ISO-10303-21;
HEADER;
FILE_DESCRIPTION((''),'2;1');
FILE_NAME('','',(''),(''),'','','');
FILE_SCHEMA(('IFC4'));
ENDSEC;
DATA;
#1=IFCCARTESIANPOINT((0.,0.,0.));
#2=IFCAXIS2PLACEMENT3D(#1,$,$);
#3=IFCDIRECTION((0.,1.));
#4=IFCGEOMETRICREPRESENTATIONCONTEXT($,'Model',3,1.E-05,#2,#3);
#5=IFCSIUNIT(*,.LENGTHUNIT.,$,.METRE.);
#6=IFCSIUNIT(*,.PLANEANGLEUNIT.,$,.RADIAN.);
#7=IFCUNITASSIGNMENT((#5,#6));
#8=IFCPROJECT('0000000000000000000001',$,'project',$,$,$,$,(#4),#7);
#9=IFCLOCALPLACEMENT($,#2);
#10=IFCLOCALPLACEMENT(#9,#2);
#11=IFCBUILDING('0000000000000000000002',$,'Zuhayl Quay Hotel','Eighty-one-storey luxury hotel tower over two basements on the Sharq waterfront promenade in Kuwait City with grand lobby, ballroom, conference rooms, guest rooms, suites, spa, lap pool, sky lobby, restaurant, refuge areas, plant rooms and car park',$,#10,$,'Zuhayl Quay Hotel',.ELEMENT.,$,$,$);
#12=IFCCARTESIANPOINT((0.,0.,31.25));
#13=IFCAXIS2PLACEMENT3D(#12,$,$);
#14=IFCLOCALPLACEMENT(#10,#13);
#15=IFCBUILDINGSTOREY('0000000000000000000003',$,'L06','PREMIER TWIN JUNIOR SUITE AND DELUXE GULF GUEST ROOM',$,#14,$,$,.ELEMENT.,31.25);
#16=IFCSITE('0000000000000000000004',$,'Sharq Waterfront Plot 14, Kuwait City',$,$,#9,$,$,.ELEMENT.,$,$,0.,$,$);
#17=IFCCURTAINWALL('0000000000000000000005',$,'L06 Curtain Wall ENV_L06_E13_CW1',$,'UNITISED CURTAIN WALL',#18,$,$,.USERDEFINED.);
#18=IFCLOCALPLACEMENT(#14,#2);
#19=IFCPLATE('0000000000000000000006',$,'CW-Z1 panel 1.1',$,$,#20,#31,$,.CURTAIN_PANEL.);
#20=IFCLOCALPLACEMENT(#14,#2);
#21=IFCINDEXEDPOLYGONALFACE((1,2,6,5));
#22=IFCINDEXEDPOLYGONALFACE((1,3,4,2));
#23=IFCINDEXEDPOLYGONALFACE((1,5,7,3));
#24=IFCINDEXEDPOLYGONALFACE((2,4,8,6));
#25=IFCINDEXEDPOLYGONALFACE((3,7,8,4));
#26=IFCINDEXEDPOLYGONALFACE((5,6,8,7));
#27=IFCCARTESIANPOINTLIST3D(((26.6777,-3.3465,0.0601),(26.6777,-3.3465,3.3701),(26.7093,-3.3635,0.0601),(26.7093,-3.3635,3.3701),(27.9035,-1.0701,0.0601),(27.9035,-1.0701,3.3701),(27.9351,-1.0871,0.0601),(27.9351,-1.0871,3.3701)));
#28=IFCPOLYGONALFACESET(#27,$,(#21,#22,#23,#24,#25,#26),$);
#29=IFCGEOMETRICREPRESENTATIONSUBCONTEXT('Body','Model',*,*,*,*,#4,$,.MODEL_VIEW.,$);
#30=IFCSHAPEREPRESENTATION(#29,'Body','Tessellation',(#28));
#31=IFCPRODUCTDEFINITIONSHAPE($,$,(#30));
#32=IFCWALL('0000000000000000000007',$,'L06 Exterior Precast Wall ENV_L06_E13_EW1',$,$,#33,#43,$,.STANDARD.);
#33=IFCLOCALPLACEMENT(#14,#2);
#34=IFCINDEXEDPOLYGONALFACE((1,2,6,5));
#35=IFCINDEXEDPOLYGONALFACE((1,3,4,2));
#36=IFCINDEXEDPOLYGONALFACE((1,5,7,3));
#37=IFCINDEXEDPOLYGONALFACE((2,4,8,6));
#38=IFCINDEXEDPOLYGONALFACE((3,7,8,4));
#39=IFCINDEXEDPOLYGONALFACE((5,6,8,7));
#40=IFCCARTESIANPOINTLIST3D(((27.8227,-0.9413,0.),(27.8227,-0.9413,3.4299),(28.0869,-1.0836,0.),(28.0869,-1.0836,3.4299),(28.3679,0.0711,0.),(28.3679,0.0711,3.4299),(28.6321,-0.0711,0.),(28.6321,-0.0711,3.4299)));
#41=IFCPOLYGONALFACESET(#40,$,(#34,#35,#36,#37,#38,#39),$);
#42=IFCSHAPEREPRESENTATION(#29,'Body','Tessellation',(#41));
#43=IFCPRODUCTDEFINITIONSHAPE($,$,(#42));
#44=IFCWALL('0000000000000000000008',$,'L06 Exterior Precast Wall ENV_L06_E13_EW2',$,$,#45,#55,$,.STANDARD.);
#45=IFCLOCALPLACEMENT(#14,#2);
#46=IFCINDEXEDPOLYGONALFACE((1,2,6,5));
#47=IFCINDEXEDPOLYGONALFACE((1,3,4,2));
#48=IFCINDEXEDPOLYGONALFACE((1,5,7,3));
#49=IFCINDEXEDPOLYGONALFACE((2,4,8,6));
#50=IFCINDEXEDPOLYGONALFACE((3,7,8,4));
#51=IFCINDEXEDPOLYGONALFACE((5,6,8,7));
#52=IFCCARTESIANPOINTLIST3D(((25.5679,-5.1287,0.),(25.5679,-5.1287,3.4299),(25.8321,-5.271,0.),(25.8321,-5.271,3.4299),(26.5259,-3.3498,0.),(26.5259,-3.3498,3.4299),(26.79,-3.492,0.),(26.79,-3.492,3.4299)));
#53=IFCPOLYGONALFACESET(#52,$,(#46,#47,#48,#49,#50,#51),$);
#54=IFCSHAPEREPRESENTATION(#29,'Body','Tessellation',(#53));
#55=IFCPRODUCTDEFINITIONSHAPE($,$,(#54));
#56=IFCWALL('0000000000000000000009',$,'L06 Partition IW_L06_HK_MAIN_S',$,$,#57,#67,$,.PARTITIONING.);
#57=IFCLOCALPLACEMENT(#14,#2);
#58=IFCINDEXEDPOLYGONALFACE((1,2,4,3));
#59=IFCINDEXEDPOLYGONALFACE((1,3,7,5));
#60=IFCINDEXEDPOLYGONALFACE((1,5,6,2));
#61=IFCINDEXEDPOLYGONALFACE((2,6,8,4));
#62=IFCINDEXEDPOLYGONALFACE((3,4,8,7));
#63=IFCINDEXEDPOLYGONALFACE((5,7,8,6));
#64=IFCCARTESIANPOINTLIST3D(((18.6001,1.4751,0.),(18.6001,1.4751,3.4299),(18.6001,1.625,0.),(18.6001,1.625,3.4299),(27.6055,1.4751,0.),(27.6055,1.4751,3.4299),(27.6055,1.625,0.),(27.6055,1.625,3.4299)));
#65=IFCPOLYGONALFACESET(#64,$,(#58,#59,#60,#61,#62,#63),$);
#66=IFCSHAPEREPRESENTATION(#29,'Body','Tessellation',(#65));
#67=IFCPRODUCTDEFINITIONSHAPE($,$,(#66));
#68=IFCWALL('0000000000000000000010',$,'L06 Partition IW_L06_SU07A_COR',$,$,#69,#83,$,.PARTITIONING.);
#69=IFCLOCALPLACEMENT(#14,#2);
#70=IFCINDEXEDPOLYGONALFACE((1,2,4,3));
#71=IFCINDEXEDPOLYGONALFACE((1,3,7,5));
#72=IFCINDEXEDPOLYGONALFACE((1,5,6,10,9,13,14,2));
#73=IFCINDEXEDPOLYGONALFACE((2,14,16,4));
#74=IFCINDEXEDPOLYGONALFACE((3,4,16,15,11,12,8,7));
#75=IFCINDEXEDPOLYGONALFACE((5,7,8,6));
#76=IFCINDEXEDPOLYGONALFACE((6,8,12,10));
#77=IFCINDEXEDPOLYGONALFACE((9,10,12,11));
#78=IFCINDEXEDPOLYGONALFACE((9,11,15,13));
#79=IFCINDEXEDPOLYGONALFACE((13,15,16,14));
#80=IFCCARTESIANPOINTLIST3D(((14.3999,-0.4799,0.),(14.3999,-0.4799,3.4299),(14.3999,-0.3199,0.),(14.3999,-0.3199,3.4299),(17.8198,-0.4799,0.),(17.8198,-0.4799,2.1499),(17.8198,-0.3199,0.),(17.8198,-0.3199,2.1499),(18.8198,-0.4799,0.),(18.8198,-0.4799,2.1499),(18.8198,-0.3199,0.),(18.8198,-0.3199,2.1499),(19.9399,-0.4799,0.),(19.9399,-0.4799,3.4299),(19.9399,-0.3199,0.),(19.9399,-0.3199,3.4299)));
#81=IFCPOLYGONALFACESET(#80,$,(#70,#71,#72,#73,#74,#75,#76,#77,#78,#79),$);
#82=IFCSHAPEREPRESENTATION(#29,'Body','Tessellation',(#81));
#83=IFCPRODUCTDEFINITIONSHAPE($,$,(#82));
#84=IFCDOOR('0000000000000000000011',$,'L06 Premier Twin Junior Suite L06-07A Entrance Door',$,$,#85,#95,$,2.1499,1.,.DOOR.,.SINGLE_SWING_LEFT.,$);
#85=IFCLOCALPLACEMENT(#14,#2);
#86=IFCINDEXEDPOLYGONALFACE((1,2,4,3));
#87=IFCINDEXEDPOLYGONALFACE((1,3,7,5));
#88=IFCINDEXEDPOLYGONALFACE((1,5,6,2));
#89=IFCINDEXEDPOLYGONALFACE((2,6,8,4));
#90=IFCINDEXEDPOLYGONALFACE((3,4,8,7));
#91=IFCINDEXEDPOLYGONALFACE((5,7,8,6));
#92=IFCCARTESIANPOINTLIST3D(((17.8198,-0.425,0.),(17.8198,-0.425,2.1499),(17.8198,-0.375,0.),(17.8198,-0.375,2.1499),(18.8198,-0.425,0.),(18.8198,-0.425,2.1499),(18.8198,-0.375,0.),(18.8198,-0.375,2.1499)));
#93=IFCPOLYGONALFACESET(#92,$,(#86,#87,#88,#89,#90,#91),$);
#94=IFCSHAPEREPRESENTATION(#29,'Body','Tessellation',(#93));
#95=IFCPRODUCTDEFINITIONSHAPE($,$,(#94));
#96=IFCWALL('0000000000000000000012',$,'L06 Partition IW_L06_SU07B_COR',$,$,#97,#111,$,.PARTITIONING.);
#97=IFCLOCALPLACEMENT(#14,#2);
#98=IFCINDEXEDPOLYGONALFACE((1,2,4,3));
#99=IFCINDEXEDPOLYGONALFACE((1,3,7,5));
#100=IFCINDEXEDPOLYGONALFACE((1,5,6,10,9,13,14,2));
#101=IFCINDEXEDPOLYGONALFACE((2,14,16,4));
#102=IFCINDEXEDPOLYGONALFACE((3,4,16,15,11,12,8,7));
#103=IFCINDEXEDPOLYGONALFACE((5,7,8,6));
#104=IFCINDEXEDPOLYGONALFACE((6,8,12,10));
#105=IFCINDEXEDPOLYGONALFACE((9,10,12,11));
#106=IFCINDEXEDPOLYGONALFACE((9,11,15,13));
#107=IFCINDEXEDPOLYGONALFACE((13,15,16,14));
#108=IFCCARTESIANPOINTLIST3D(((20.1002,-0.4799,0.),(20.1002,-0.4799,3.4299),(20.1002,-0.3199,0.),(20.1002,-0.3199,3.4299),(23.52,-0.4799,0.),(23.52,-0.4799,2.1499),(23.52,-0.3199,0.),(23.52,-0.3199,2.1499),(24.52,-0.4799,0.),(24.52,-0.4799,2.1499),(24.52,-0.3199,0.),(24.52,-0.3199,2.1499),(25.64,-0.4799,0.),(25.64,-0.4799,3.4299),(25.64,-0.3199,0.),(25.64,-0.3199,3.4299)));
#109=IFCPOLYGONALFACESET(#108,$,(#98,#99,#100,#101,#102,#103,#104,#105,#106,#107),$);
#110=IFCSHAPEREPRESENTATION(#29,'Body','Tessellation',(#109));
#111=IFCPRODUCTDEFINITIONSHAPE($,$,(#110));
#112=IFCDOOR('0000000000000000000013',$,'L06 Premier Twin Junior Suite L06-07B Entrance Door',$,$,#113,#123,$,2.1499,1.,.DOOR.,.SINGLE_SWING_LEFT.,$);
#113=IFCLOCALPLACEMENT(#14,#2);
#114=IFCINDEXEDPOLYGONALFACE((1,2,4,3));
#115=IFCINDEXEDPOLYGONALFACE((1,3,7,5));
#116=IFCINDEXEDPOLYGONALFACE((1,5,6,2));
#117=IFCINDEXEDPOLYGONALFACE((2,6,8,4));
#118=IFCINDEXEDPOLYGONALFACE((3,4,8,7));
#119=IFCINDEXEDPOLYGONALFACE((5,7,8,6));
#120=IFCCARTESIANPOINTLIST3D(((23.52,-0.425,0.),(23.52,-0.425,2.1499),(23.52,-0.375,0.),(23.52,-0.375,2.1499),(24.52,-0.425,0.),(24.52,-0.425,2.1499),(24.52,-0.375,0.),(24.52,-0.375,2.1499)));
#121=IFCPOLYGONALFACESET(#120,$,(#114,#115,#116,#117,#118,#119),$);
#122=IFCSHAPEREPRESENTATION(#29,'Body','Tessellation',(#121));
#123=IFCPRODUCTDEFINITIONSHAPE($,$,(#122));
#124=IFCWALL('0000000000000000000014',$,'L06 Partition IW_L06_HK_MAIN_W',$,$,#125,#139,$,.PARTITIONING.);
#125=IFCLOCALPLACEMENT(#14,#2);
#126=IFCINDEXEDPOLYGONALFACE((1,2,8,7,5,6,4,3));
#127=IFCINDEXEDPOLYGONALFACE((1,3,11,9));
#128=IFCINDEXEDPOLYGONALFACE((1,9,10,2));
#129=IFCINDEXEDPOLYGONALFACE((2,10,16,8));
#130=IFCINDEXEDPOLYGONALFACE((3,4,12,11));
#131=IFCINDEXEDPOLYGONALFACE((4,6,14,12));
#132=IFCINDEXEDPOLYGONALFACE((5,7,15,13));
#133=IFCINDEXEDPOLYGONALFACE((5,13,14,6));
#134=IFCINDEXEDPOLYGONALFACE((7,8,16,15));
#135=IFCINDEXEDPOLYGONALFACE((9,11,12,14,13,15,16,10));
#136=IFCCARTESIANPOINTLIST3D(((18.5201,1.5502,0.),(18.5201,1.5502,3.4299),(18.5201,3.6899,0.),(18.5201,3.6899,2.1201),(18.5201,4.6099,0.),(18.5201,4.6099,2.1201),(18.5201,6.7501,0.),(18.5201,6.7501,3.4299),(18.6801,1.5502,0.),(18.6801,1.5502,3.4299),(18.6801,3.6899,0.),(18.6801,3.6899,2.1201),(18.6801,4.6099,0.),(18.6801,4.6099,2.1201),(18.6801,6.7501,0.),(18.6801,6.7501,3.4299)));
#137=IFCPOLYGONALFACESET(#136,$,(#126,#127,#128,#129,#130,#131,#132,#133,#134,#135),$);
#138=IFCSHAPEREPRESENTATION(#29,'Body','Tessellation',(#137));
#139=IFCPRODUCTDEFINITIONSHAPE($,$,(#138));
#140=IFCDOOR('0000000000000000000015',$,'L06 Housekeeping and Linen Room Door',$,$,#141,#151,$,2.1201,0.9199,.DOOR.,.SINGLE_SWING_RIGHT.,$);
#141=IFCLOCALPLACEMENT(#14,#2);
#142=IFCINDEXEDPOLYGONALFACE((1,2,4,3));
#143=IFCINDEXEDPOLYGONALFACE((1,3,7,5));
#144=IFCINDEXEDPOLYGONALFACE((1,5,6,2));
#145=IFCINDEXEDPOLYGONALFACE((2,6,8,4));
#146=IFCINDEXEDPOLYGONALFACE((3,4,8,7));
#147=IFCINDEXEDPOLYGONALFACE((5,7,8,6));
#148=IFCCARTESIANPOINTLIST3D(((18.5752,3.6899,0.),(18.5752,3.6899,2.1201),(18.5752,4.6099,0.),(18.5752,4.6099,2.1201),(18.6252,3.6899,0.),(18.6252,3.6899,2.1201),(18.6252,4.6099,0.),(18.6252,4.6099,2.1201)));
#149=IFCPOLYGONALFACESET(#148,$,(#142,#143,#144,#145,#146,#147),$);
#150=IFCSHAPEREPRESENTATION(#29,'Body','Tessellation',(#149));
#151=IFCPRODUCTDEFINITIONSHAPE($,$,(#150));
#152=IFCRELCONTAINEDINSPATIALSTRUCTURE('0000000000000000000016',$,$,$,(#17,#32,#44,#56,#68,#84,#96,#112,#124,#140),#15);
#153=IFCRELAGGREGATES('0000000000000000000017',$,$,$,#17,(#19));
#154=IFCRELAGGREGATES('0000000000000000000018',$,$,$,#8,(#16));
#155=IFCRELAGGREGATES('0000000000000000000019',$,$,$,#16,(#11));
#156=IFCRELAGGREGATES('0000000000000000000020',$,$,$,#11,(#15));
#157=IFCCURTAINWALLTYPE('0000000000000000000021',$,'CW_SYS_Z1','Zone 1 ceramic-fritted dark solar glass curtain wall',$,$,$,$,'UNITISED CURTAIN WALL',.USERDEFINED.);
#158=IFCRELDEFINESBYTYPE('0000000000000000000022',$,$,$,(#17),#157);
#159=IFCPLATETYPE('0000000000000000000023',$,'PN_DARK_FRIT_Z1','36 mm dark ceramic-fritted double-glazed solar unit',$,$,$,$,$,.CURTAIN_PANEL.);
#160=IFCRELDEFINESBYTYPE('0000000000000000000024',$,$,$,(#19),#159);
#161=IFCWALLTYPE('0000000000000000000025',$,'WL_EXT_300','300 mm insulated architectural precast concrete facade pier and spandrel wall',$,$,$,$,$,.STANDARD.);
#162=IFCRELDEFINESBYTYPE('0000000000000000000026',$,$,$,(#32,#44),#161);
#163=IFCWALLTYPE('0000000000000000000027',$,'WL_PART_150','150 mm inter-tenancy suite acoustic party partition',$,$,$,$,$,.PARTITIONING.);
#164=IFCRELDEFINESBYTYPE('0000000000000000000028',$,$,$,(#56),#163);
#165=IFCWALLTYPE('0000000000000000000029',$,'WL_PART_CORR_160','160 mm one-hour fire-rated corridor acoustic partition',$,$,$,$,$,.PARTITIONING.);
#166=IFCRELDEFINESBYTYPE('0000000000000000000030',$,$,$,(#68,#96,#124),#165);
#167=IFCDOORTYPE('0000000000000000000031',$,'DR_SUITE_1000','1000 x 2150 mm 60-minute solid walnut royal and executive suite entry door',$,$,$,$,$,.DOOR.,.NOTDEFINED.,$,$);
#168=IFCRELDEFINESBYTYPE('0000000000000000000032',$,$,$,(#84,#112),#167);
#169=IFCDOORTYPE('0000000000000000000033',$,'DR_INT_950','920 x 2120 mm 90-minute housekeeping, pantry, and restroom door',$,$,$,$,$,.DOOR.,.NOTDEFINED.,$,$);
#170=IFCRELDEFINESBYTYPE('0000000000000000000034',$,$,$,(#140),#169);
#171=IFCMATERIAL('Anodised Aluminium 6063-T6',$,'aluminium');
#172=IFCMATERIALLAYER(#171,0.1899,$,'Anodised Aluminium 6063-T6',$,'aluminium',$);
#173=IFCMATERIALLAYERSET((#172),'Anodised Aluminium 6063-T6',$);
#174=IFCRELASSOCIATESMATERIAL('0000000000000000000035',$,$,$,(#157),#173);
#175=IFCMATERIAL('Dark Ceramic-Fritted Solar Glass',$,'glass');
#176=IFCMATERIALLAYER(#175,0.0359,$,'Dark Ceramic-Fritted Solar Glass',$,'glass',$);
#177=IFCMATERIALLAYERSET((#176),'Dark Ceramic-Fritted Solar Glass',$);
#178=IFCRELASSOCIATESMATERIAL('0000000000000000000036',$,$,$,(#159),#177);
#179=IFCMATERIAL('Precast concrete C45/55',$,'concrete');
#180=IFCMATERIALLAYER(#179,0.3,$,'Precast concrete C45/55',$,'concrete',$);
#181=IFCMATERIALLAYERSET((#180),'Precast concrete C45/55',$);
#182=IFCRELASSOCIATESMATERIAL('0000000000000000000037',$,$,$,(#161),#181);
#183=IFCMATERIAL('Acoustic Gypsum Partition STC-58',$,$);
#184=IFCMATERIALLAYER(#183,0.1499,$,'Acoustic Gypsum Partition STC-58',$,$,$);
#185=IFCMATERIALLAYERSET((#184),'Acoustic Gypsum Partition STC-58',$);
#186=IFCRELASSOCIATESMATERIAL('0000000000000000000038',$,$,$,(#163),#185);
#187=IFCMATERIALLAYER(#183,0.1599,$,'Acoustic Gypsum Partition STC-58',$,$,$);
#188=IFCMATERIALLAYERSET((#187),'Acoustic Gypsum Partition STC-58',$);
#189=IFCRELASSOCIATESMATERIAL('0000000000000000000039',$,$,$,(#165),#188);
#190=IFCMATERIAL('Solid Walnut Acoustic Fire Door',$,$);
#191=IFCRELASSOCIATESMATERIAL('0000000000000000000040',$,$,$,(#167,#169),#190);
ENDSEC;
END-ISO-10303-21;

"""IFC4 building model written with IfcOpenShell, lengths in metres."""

from ifc_helpers import new_model, si_unit, direction, frame, frame_2d, origin, origin_2d, place, context, subcontext, project, spatial, rectangle, extrude, material, layer, layer_set, type_object, element, fill, aggregate, save


model = new_model("IFC4")

# Units and contexts
model_context = context("Model", 3, precision=1e-05, world=origin(), true_north=direction((0.0, 1.0)))
body_context = subcontext(model_context, "Body", "Model", "MODEL_VIEW")
ifc_project = project(units=[si_unit("LENGTHUNIT", "METRE"), si_unit("PLANEANGLEUNIT", "RADIAN")], contexts=[model_context])

# Site, building, storey
site_placement = place(None, origin())
site = spatial("IfcSite", under=ifc_project, at=site_placement, Name="Sharq Waterfront Plot 14, Kuwait City", CompositionType="ELEMENT", RefElevation=0.0)
building_placement = place(site_placement, origin())
building = spatial("IfcBuilding", under=site, at=building_placement, Name="Zuhayl Quay Hotel", Description="Eighty-one-storey luxury hotel tower over two basements on the Sharq waterfront promenade in Kuwait City with grand lobby, ballroom, conference rooms, guest rooms, suites, spa, lap pool, sky lobby, restaurant, refuge areas, plant rooms and car park", LongName="Zuhayl Quay Hotel", CompositionType="ELEMENT")
storey_placement = place(building_placement, frame((0.0, 0.0, 31.25)))
storey = spatial("IfcBuildingStorey", under=building, at=storey_placement, Name="L06", Description="PREMIER TWIN JUNIOR SUITE AND DELUXE GULF GUEST ROOM", CompositionType="ELEMENT", Elevation=31.25)

# Curtain wall, plate
ifc_material_1 = material(Name="Anodised Aluminium 6063-T6", Category="aluminium")
ifc_layer_1 = layer(ifc_material_1, 0.1899, Name="Anodised Aluminium 6063-T6", Category="aluminium")
ifc_layer_set_1 = layer_set([ifc_layer_1], Name="Anodised Aluminium 6063-T6")
curtain_wall_type = type_object("IfcCurtainWallType", Name="CW_SYS_Z1", Description="Zone 1 ceramic-fritted dark solar glass curtain wall", ElementType="UNITISED CURTAIN WALL", PredefinedType="USERDEFINED", material=ifc_layer_set_1)
curtain_wall_placement = place(storey_placement, origin())
curtain_wall = element("IfcCurtainWall", 1, at=curtain_wall_placement, inside=storey, type_object=curtain_wall_type, Name="L06 Curtain Wall ENV_L06_E13_CW1", ObjectType="UNITISED CURTAIN WALL", PredefinedType="USERDEFINED")
ifc_material_2 = material(Name="Dark Ceramic-Fritted Solar Glass", Category="glass")
ifc_layer_2 = layer(ifc_material_2, 0.0359, Name="Dark Ceramic-Fritted Solar Glass", Category="glass")
ifc_layer_set_2 = layer_set([ifc_layer_2], Name="Dark Ceramic-Fritted Solar Glass")
plate_type = type_object("IfcPlateType", Name="PN_DARK_FRIT_Z1", Description="36 mm dark ceramic-fritted double-glazed solar unit", PredefinedType="CURTAIN_PANEL", material=ifc_layer_set_2)
plate_placement = place(storey_placement, frame((27.3064, -2.2168, 0.0601), z_axis=(0.0, 0.0, 1.0), x_axis=(-0.474091, -0.880476, 0.0)))
plate = element("IfcPlate", 2, at=plate_placement, type_object=plate_type, Name="CW-Z1 panel 1.1", PredefinedType="CURTAIN_PANEL", context=body_context, shape_type="SweptSolid", body=[
    extrude(rectangle(XDim=2.5854, YDim=0.0359, at=origin_2d()), origin(), (0.0, 0.0, 1.0), 3.3101),
])
aggregate(curtain_wall, [plate])

# Walls
ifc_material_3 = material(Name="Precast concrete C45/55", Category="concrete")
ifc_layer_3 = layer(ifc_material_3, 0.3, Name="Precast concrete C45/55", Category="concrete")
ifc_layer_set_3 = layer_set([ifc_layer_3], Name="Precast concrete C45/55")
wall_type_1 = type_object("IfcWallType", Name="WL_EXT_300", Description="300 mm insulated architectural precast concrete facade pier and spandrel wall", PredefinedType="STANDARD", material=ifc_layer_set_3)
wall_1_placement = place(storey_placement, frame((28.5, 0.0, 0.0), z_axis=(0.0, 0.0, 1.0), x_axis=(-0.4741, -0.880471, 0.0)))
element("IfcWall", 3, at=wall_1_placement, inside=storey, type_object=wall_type_1, Name="L06 Exterior Precast Wall ENV_L06_E13_EW1", PredefinedType="STANDARD", context=body_context, shape_type="SweptSolid", body=[
    extrude(rectangle(XDim=1.1499, YDim=0.3, at=frame_2d((0.575, 0.0))), origin(), (0.0, 0.0, 1.0), 3.4299),
])
wall_2_placement = place(storey_placement, frame((26.658, -3.4209, 0.0), z_axis=(0.0, 0.0, 1.0), x_axis=(-0.474121, -0.880459, 0.0)))
element("IfcWall", 4, at=wall_2_placement, inside=storey, type_object=wall_type_1, Name="L06 Exterior Precast Wall ENV_L06_E13_EW2", PredefinedType="STANDARD", context=body_context, shape_type="SweptSolid", body=[
    extrude(rectangle(XDim=2.0205, YDim=0.3, at=frame_2d((1.0103, 0.0))), origin(), (0.0, 0.0, 1.0), 3.4299),
])
ifc_material_4 = material(Name="Acoustic Gypsum Partition STC-58")
ifc_layer_4 = layer(ifc_material_4, 0.1499, Name="Acoustic Gypsum Partition STC-58")
ifc_layer_set_4 = layer_set([ifc_layer_4], Name="Acoustic Gypsum Partition STC-58")
wall_type_2 = type_object("IfcWallType", Name="WL_PART_150", Description="150 mm inter-tenancy suite acoustic party partition", PredefinedType="PARTITIONING", material=ifc_layer_set_4)
wall_3_placement = place(storey_placement, frame((18.6001, 1.55, 0.0), z_axis=(0.0, 0.0, 1.0), x_axis=(1.0, 0.0, 0.0)))
element("IfcWall", 5, at=wall_3_placement, inside=storey, type_object=wall_type_2, Name="L06 Partition IW_L06_HK_MAIN_S", PredefinedType="PARTITIONING", context=body_context, shape_type="SweptSolid", body=[
    extrude(rectangle(XDim=9.0054, YDim=0.1499, at=frame_2d((4.5027, 0.0))), origin(), (0.0, 0.0, 1.0), 3.4299),
])

# Walls, openings, doors
ifc_layer_5 = layer(ifc_material_4, 0.1599, Name="Acoustic Gypsum Partition STC-58")
ifc_layer_set_5 = layer_set([ifc_layer_5], Name="Acoustic Gypsum Partition STC-58")
wall_type_3 = type_object("IfcWallType", Name="WL_PART_CORR_160", Description="160 mm one-hour fire-rated corridor acoustic partition", PredefinedType="PARTITIONING", material=ifc_layer_set_5)
wall_4_placement = place(storey_placement, frame((14.3999, -0.3999, 0.0), z_axis=(0.0, 0.0, 1.0), x_axis=(1.0, 0.0, 0.0)))
wall_4 = element("IfcWall", 6, at=wall_4_placement, inside=storey, type_object=wall_type_3, Name="L06 Partition IW_L06_SU07A_COR", PredefinedType="PARTITIONING", context=body_context, shape_type="SweptSolid", body=[
    extrude(rectangle(XDim=5.54, YDim=0.1599, at=frame_2d((2.77, 0.0))), origin(), (0.0, 0.0, 1.0), 3.4299),
])
opening_1_placement = place(wall_4_placement, frame((3.4199, 0.0, 0.0)))
opening_1 = element("IfcOpeningElement", 7, at=opening_1_placement, cuts=wall_4, PredefinedType="OPENING", context=body_context, shape_type="SweptSolid", body=[
    extrude(rectangle(XDim=1.0, YDim=2.1499, at=frame_2d((0.5, 1.075))), frame((0.0, 0.0898, 0.0), z_axis=(0.0, -1.0, 0.0), x_axis=(1.0, 0.0, 0.0)), (0.0, 0.0, 1.0), 0.1799),
])
ifc_material_5 = material(Name="Solid Walnut Acoustic Fire Door")
door_type_1 = type_object("IfcDoorType", Name="DR_SUITE_1000", Description="1000 x 2150 mm 60-minute solid walnut royal and executive suite entry door", OperationType="NOTDEFINED", PredefinedType="DOOR", material=ifc_material_5)
door_1_placement = place(opening_1_placement, origin())
door_1 = element("IfcDoor", 8, at=door_1_placement, inside=storey, type_object=door_type_1, Name="L06 Premier Twin Junior Suite L06-07A Entrance Door", OperationType="SINGLE_SWING_LEFT", OverallHeight=2.1499, OverallWidth=1.0, PredefinedType="DOOR", context=body_context, shape_type="SweptSolid", body=[
    extrude(rectangle(XDim=1.0, YDim=2.1499, at=frame_2d((0.5, 1.075))), frame((0.0, 0.0249, 0.0), z_axis=(0.0, -1.0, 0.0), x_axis=(1.0, 0.0, 0.0)), (0.0, 0.0, 1.0), 0.05),
])
fill(opening_1, door_1)
wall_5_placement = place(storey_placement, frame((20.1001, -0.3999, 0.0), z_axis=(0.0, 0.0, 1.0), x_axis=(1.0, 0.0, 0.0)))
wall_5 = element("IfcWall", 9, at=wall_5_placement, inside=storey, type_object=wall_type_3, Name="L06 Partition IW_L06_SU07B_COR", PredefinedType="PARTITIONING", context=body_context, shape_type="SweptSolid", body=[
    extrude(rectangle(XDim=5.5398, YDim=0.1599, at=frame_2d((2.77, 0.0))), origin(), (0.0, 0.0, 1.0), 3.4299),
])
opening_2_placement = place(wall_5_placement, frame((3.4199, 0.0, 0.0)))
opening_2 = element("IfcOpeningElement", 10, at=opening_2_placement, cuts=wall_5, PredefinedType="OPENING", context=body_context, shape_type="SweptSolid", body=[
    extrude(rectangle(XDim=1.0, YDim=2.1499, at=frame_2d((0.5, 1.075))), frame((0.0, 0.0898, 0.0), z_axis=(0.0, -1.0, 0.0), x_axis=(1.0, 0.0, 0.0)), (0.0, 0.0, 1.0), 0.1799),
])
door_2_placement = place(opening_2_placement, origin())
door_2 = element("IfcDoor", 11, at=door_2_placement, inside=storey, type_object=door_type_1, Name="L06 Premier Twin Junior Suite L06-07B Entrance Door", OperationType="SINGLE_SWING_LEFT", OverallHeight=2.1499, OverallWidth=1.0, PredefinedType="DOOR", context=body_context, shape_type="SweptSolid", body=[
    extrude(rectangle(XDim=1.0, YDim=2.1499, at=frame_2d((0.5, 1.075))), frame((0.0, 0.0249, 0.0), z_axis=(0.0, -1.0, 0.0), x_axis=(1.0, 0.0, 0.0)), (0.0, 0.0, 1.0), 0.05),
])
fill(opening_2, door_2)
wall_6_placement = place(storey_placement, frame((18.6001, 1.55, 0.0), z_axis=(0.0, 0.0, 1.0), x_axis=(0.0, 1.0, 0.0)))
wall_6 = element("IfcWall", 12, at=wall_6_placement, inside=storey, type_object=wall_type_3, Name="L06 Partition IW_L06_HK_MAIN_W", PredefinedType="PARTITIONING", context=body_context, shape_type="SweptSolid", body=[
    extrude(rectangle(XDim=5.2, YDim=0.1599, at=frame_2d((2.6001, 0.0))), origin(), (0.0, 0.0, 1.0), 3.4299),
])
opening_3_placement = place(wall_6_placement, frame((2.1399, 0.0, 0.0)))
opening_3 = element("IfcOpeningElement", 13, at=opening_3_placement, cuts=wall_6, PredefinedType="OPENING", context=body_context, shape_type="SweptSolid", body=[
    extrude(rectangle(XDim=0.9199, YDim=2.1201, at=frame_2d((0.46, 1.0601))), frame((0.0, 0.0898, 0.0), z_axis=(0.0, -1.0, 0.0), x_axis=(1.0, 0.0, 0.0)), (0.0, 0.0, 1.0), 0.1799),
])
door_type_2 = type_object("IfcDoorType", Name="DR_INT_950", Description="920 x 2120 mm 90-minute housekeeping, pantry, and restroom door", OperationType="NOTDEFINED", PredefinedType="DOOR", material=ifc_material_5)
door_3_placement = place(opening_3_placement, origin())
door_3 = element("IfcDoor", 14, at=door_3_placement, inside=storey, type_object=door_type_2, Name="L06 Housekeeping and Linen Room Door", OperationType="SINGLE_SWING_RIGHT", OverallHeight=2.1201, OverallWidth=0.9199, PredefinedType="DOOR", context=body_context, shape_type="SweptSolid", body=[
    extrude(rectangle(XDim=0.9199, YDim=2.1201, at=frame_2d((0.46, 1.0601))), frame((0.0, 0.0249, 0.0), z_axis=(0.0, -1.0, 0.0), x_axis=(1.0, 0.0, 0.0)), (0.0, 0.0, 1.0), 0.05),
])
fill(opening_3, door_3)

save(model, "model.ifc")
